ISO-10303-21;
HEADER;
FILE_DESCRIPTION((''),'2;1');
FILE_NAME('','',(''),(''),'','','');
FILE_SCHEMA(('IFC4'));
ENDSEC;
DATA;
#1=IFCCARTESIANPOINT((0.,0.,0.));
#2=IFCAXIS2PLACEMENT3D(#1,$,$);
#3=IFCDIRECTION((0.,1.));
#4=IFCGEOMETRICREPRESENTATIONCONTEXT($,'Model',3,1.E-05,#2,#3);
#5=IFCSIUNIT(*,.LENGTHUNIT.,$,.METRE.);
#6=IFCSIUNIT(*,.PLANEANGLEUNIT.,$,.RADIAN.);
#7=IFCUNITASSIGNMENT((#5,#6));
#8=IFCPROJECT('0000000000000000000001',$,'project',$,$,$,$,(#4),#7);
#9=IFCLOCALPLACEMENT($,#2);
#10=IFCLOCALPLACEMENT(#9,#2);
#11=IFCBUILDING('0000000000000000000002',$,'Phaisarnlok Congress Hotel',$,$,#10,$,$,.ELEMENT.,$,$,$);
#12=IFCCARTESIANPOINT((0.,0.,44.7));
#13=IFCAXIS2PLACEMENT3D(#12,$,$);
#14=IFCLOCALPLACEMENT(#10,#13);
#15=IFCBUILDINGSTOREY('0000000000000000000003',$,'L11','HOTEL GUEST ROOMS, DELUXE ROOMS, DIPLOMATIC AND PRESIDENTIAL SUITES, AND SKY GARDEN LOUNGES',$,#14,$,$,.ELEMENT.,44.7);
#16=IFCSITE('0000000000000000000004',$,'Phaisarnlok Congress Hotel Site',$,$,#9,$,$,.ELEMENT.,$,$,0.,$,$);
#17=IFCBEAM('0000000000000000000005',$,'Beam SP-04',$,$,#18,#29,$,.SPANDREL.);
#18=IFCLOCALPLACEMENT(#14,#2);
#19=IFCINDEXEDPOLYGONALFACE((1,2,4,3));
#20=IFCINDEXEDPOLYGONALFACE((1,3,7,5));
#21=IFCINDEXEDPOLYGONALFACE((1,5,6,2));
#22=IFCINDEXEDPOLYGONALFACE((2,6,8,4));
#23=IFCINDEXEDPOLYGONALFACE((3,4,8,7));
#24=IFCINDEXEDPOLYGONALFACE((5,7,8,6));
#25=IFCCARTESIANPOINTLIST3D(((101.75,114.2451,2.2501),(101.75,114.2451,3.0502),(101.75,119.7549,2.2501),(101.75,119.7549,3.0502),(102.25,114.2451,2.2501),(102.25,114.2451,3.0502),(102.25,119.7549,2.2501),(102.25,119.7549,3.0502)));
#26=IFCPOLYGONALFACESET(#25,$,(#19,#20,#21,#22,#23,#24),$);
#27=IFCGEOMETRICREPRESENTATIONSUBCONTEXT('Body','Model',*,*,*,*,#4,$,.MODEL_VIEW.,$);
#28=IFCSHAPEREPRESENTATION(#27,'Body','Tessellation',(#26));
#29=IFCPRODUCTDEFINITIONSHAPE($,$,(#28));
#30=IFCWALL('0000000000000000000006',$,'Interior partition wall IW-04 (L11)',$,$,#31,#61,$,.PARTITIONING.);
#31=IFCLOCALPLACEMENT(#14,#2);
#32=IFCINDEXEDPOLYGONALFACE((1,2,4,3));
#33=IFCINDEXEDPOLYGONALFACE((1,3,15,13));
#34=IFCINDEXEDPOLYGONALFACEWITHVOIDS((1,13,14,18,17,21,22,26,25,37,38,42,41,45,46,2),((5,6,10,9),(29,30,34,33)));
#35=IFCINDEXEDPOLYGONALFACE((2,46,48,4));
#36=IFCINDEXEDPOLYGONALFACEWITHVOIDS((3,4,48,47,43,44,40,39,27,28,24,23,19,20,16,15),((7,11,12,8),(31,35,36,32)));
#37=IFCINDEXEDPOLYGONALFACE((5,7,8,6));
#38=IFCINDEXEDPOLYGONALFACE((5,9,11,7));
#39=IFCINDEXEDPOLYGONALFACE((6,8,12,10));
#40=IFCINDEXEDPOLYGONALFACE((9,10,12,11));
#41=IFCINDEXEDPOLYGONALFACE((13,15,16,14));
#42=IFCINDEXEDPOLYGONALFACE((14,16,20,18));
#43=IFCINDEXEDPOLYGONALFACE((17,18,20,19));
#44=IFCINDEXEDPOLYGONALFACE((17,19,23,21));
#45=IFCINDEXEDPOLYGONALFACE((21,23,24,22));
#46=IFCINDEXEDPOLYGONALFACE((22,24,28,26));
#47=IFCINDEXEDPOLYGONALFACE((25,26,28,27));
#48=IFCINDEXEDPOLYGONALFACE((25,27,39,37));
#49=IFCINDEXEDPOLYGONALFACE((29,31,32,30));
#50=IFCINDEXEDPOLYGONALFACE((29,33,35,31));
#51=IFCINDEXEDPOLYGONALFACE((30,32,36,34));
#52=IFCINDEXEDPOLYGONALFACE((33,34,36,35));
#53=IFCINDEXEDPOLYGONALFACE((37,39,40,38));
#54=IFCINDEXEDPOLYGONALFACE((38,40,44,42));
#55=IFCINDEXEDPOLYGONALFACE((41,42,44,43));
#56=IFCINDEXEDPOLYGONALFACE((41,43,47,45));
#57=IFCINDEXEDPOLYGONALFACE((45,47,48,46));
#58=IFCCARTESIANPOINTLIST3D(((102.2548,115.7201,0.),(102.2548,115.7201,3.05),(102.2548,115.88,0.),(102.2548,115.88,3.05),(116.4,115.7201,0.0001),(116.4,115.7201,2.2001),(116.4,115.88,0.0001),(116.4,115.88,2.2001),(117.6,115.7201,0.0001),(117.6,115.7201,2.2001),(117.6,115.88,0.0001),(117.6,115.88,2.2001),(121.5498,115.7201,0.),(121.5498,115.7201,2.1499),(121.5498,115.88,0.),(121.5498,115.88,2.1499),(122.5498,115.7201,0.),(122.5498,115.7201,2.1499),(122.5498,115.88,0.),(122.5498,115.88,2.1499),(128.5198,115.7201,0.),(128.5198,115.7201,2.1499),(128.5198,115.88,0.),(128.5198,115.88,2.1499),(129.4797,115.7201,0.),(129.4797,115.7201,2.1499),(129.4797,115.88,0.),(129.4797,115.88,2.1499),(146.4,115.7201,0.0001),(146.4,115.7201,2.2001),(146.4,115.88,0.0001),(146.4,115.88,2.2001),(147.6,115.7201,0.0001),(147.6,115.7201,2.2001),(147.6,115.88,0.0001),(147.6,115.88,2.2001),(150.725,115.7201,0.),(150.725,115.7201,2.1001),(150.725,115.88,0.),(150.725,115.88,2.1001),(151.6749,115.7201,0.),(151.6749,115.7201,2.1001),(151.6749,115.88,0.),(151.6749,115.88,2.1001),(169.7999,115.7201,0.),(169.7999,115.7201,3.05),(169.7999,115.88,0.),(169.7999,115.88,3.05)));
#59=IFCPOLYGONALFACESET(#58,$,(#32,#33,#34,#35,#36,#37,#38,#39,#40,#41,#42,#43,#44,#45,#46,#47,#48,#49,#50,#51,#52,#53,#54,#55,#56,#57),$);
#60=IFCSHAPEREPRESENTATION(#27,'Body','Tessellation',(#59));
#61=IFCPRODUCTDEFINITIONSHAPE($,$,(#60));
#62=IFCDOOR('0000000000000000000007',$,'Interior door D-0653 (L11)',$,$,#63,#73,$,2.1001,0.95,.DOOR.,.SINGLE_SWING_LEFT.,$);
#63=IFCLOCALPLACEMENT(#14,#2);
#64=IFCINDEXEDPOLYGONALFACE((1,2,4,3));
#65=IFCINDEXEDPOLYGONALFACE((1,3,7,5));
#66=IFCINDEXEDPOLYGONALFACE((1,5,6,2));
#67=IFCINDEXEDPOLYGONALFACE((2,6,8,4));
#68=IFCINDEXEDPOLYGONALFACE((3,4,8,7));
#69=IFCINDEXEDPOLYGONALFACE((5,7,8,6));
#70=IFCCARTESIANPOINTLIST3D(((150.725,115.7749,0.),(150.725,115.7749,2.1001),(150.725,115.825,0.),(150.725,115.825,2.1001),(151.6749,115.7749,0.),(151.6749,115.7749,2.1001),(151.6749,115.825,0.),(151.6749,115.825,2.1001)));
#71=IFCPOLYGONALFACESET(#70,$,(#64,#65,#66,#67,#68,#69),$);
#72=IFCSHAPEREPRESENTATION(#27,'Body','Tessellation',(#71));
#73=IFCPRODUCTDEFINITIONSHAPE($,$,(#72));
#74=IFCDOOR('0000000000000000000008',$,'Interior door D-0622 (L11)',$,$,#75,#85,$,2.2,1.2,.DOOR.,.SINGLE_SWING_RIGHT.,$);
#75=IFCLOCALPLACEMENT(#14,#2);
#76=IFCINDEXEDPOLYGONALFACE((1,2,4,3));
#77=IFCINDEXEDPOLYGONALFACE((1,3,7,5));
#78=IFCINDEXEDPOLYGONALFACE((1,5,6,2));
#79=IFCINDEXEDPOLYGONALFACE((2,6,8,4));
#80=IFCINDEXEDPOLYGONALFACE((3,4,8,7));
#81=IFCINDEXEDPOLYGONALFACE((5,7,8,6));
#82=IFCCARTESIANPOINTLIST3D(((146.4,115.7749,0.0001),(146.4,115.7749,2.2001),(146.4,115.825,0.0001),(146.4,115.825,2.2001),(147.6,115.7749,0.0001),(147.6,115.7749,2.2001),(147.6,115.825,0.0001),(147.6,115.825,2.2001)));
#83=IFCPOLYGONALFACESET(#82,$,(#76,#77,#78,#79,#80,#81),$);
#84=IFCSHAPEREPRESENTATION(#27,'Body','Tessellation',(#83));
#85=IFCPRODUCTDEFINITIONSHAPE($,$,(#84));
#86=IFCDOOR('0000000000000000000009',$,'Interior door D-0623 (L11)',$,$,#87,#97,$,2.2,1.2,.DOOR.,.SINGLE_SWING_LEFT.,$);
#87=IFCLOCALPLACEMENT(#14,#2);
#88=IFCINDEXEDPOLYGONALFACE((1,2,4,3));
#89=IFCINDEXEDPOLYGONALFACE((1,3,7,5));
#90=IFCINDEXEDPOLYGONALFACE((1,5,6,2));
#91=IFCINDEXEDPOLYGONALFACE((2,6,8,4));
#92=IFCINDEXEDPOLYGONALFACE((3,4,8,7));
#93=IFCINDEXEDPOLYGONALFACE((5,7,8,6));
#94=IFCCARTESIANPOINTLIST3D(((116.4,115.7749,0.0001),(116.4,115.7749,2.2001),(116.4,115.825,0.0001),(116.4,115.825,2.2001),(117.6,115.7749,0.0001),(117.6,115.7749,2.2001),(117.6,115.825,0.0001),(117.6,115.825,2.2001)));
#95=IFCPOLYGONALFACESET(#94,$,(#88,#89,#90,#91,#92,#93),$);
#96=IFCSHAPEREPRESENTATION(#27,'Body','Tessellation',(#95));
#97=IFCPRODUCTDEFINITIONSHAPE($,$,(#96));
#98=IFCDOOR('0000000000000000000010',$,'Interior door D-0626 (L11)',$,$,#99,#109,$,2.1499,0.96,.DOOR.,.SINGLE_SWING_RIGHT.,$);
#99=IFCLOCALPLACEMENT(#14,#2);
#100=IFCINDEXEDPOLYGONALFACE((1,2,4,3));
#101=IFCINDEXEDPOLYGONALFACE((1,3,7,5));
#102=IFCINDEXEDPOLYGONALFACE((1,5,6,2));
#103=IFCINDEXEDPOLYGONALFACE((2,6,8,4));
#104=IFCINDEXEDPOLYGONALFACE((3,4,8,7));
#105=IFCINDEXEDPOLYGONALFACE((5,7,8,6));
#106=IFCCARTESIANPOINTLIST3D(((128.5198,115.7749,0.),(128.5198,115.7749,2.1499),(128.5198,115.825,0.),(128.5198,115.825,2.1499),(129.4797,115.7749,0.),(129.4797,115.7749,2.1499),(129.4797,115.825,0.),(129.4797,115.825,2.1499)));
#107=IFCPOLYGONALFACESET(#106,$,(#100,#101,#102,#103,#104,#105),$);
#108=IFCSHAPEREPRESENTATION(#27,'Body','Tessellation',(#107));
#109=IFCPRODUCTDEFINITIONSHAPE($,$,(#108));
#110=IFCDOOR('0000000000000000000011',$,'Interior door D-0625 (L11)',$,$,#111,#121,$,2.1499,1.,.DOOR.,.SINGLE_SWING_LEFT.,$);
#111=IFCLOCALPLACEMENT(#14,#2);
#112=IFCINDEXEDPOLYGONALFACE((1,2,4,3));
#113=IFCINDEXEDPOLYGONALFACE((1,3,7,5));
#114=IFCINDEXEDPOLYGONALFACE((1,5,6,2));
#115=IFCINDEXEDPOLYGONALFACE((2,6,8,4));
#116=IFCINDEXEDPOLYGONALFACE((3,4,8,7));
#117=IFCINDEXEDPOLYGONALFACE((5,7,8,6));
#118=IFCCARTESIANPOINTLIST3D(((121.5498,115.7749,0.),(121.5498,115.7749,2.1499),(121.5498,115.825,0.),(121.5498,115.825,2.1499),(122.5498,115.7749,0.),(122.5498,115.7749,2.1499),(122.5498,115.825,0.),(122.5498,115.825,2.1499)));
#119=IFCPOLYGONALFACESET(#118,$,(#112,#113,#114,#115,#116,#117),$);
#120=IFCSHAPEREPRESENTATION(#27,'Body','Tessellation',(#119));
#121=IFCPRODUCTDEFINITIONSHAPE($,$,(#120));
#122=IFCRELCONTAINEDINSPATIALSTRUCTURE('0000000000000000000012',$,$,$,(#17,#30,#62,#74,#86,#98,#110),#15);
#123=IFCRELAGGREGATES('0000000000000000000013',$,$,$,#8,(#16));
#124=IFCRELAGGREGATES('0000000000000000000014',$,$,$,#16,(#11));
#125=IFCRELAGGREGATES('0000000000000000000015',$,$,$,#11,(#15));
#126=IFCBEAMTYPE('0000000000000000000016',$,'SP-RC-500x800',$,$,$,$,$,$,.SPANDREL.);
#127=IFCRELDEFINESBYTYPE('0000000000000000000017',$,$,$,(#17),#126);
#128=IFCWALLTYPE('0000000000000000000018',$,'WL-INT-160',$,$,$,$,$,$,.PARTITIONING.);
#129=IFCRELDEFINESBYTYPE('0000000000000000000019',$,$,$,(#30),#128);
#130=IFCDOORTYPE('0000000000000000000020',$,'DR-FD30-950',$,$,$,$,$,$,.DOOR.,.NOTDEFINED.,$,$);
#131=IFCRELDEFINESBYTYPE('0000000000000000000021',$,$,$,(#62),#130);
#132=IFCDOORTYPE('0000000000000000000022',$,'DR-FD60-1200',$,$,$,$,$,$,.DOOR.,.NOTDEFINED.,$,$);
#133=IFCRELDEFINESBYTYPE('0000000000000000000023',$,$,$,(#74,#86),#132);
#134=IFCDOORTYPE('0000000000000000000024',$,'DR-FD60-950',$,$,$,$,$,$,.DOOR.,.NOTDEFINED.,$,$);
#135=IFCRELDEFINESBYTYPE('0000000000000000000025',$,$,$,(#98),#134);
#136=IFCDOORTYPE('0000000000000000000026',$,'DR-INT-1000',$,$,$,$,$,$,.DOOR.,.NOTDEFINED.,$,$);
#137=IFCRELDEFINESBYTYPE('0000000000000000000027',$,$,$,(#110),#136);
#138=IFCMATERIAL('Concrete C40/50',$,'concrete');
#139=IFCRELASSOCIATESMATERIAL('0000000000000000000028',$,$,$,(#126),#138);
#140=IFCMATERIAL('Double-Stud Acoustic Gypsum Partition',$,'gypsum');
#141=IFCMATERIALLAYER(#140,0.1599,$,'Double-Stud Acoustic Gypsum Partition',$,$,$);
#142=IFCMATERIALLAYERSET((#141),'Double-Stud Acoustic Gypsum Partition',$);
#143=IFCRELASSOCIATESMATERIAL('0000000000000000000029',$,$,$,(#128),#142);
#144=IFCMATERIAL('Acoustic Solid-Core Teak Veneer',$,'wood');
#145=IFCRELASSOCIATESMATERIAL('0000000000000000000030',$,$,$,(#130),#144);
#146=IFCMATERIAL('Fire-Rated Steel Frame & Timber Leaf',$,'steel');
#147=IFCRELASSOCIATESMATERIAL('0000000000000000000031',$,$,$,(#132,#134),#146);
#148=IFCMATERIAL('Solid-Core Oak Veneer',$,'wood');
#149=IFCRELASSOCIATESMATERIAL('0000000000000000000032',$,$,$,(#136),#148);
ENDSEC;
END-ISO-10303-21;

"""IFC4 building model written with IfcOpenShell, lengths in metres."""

from ifc_helpers import new_model, si_unit, direction, frame, frame_2d, origin, origin_2d, place, context, subcontext, project, spatial, rectangle, extrude, material, layer, layer_set, material_profile, profile_set, type_object, element, fill, save


model = new_model("IFC4")

# Units and contexts
model_context = context("Model", 3, precision=1e-05, world=origin(), true_north=direction((0.0, 1.0)))
body_context = subcontext(model_context, "Body", "Model", "MODEL_VIEW")
ifc_project = project(units=[si_unit("LENGTHUNIT", "METRE"), si_unit("PLANEANGLEUNIT", "RADIAN")], contexts=[model_context])

# Site, building, storey
site_placement = place(None, origin())
site = spatial("IfcSite", under=ifc_project, at=site_placement, Name="Phaisarnlok Congress Hotel Site", CompositionType="ELEMENT", RefElevation=0.0)
building_placement = place(site_placement, origin())
building = spatial("IfcBuilding", under=site, at=building_placement, Name="Phaisarnlok Congress Hotel", CompositionType="ELEMENT")
storey_placement = place(building_placement, frame((0.0, 0.0, 44.7)))
storey = spatial("IfcBuildingStorey", under=building, at=storey_placement, Name="L11", Description="HOTEL GUEST ROOMS, DELUXE ROOMS, DIPLOMATIC AND PRESIDENTIAL SUITES, AND SKY GARDEN LOUNGES", CompositionType="ELEMENT", Elevation=44.7)

# Beam
ifc_material_1 = material(Name="Concrete C40/50", Category="concrete")
ifc_material_profile = material_profile(ifc_material_1, rectangle(XDim=0.5, YDim=0.8, at=origin_2d()), Name="RC 500x800")
ifc_profile_set = profile_set([ifc_material_profile], Name="Concrete C40/50")
beam_type = type_object("IfcBeamType", Name="SP-RC-500x800", PredefinedType="SPANDREL", material=ifc_profile_set)
beam_placement = place(storey_placement, frame((102.0, 114.2451, 2.6501), z_axis=(0.0, 1.0, 0.0), x_axis=(-1.0, 0.0, 0.0)))
element("IfcBeam", 1, at=beam_placement, inside=storey, type_object=beam_type, Name="Beam SP-04", PredefinedType="SPANDREL", context=body_context, shape_type="SweptSolid", body=[
    extrude(rectangle(XDim=0.5, YDim=0.8, at=origin_2d()), origin(), (0.0, 0.0, 1.0), 5.5098),
])

# Wall, openings, doors
ifc_material_2 = material(Name="Double-Stud Acoustic Gypsum Partition", Category="gypsum")
ifc_layer_1 = layer(ifc_material_2, 0.1599, Name="Double-Stud Acoustic Gypsum Partition")
ifc_layer_set_1 = layer_set([ifc_layer_1], Name="Double-Stud Acoustic Gypsum Partition")
wall_type_1 = type_object("IfcWallType", Name="WL-INT-160", PredefinedType="PARTITIONING", material=ifc_layer_set_1)
wall_1_placement = place(storey_placement, frame((102.2549, 115.8, 0.0), z_axis=(0.0, 0.0, 1.0), x_axis=(1.0, 0.0, 0.0)))
wall_1 = element("IfcWall", 2, at=wall_1_placement, inside=storey, type_object=wall_type_1, Name="Interior partition wall IW-04 (L11)", PredefinedType="PARTITIONING", context=body_context, shape_type="SweptSolid", body=[
    extrude(rectangle(XDim=67.5452, YDim=0.1599, at=frame_2d((33.7725, 0.0))), origin(), (0.0, 0.0, 1.0), 3.05),
])
opening_1_placement = place(wall_1_placement, frame((44.145, 0.0, 0.0)))
opening_1 = element("IfcOpeningElement", 3, at=opening_1_placement, cuts=wall_1, PredefinedType="OPENING", context=body_context, shape_type="SweptSolid", body=[
    extrude(rectangle(XDim=1.2, YDim=2.2, at=frame_2d((0.6001, 1.1001))), frame((0.0, 0.0898, 0.0), z_axis=(0.0, -1.0, 0.0), x_axis=(1.0, 0.0, 0.0)), (0.0, 0.0, 1.0), 0.1799),
])
opening_2_placement = place(wall_1_placement, frame((14.145, 0.0, 0.0)))
opening_2 = element("IfcOpeningElement", 4, at=opening_2_placement, cuts=wall_1, PredefinedType="OPENING", context=body_context, shape_type="SweptSolid", body=[
    extrude(rectangle(XDim=1.2, YDim=2.2, at=frame_2d((0.6001, 1.1001))), frame((0.0, 0.0898, 0.0), z_axis=(0.0, -1.0, 0.0), x_axis=(1.0, 0.0, 0.0)), (0.0, 0.0, 1.0), 0.1799),
])
opening_3_placement = place(wall_1_placement, frame((19.2949, 0.0, 0.0)))
opening_3 = element("IfcOpeningElement", 5, at=opening_3_placement, cuts=wall_1, PredefinedType="OPENING", context=body_context, shape_type="SweptSolid", body=[
    extrude(rectangle(XDim=1.0, YDim=2.1499, at=frame_2d((0.5, 1.075))), frame((0.0, 0.0898, 0.0), z_axis=(0.0, -1.0, 0.0), x_axis=(1.0, 0.0, 0.0)), (0.0, 0.0, 1.0), 0.1799),
])
opening_4_placement = place(wall_1_placement, frame((26.2649, 0.0, 0.0)))
opening_4 = element("IfcOpeningElement", 6, at=opening_4_placement, cuts=wall_1, PredefinedType="OPENING", context=body_context, shape_type="SweptSolid", body=[
    extrude(rectangle(XDim=0.96, YDim=2.1499, at=frame_2d((0.48, 1.075))), frame((0.0, 0.0898, 0.0), z_axis=(0.0, -1.0, 0.0), x_axis=(1.0, 0.0, 0.0)), (0.0, 0.0, 1.0), 0.1799),
])
opening_5_placement = place(wall_1_placement, frame((48.47, 0.0, 0.0)))
opening_5 = element("IfcOpeningElement", 7, at=opening_5_placement, cuts=wall_1, PredefinedType="OPENING", context=body_context, shape_type="SweptSolid", body=[
    extrude(rectangle(XDim=0.95, YDim=2.1001, at=frame_2d((0.4751, 1.05))), frame((0.0, 0.0898, 0.0), z_axis=(0.0, -1.0, 0.0), x_axis=(1.0, 0.0, 0.0)), (0.0, 0.0, 1.0), 0.1799),
])
ifc_material_3 = material(Name="Acoustic Solid-Core Teak Veneer", Category="wood")
door_type_1 = type_object("IfcDoorType", Name="DR-FD30-950", OperationType="NOTDEFINED", PredefinedType="DOOR", material=ifc_material_3)
door_1_placement = place(opening_5_placement, origin())
door_1 = element("IfcDoor", 8, at=door_1_placement, inside=storey, type_object=door_type_1, Name="Interior door D-0653 (L11)", OperationType="SINGLE_SWING_LEFT", OverallHeight=2.1001, OverallWidth=0.95, PredefinedType="DOOR", context=body_context, shape_type="SweptSolid", body=[
    extrude(rectangle(XDim=0.95, YDim=2.1001, at=frame_2d((0.4751, 1.05))), frame((0.0, 0.0249, 0.0), z_axis=(0.0, -1.0, 0.0), x_axis=(1.0, 0.0, 0.0)), (0.0, 0.0, 1.0), 0.05),
])
fill(opening_5, door_1)
ifc_material_4 = material(Name="Fire-Rated Steel Frame & Timber Leaf", Category="steel")
door_type_2 = type_object("IfcDoorType", Name="DR-FD60-1200", OperationType="NOTDEFINED", PredefinedType="DOOR", material=ifc_material_4)
door_2_placement = place(opening_1_placement, origin())
door_2 = element("IfcDoor", 9, at=door_2_placement, inside=storey, type_object=door_type_2, Name="Interior door D-0622 (L11)", OperationType="SINGLE_SWING_RIGHT", OverallHeight=2.2, OverallWidth=1.2, PredefinedType="DOOR", context=body_context, shape_type="SweptSolid", body=[
    extrude(rectangle(XDim=1.2, YDim=2.2, at=frame_2d((0.6001, 1.1001))), frame((0.0, 0.0249, 0.0), z_axis=(0.0, -1.0, 0.0), x_axis=(1.0, 0.0, 0.0)), (0.0, 0.0, 1.0), 0.05),
])
fill(opening_1, door_2)
door_3_placement = place(opening_2_placement, origin())
door_3 = element("IfcDoor", 10, at=door_3_placement, inside=storey, type_object=door_type_2, Name="Interior door D-0623 (L11)", OperationType="SINGLE_SWING_LEFT", OverallHeight=2.2, OverallWidth=1.2, PredefinedType="DOOR", context=body_context, shape_type="SweptSolid", body=[
    extrude(rectangle(XDim=1.2, YDim=2.2, at=frame_2d((0.6001, 1.1001))), frame((0.0, 0.0249, 0.0), z_axis=(0.0, -1.0, 0.0), x_axis=(1.0, 0.0, 0.0)), (0.0, 0.0, 1.0), 0.05),
])
fill(opening_2, door_3)
door_type_3 = type_object("IfcDoorType", Name="DR-FD60-950", OperationType="NOTDEFINED", PredefinedType="DOOR", material=ifc_material_4)
door_4_placement = place(opening_4_placement, origin())
door_4 = element("IfcDoor", 11, at=door_4_placement, inside=storey, type_object=door_type_3, Name="Interior door D-0626 (L11)", OperationType="SINGLE_SWING_RIGHT", OverallHeight=2.1499, OverallWidth=0.96, PredefinedType="DOOR", context=body_context, shape_type="SweptSolid", body=[
    extrude(rectangle(XDim=0.96, YDim=2.1499, at=frame_2d((0.48, 1.075))), frame((0.0, 0.0249, 0.0), z_axis=(0.0, -1.0, 0.0), x_axis=(1.0, 0.0, 0.0)), (0.0, 0.0, 1.0), 0.05),
])
fill(opening_4, door_4)
ifc_material_5 = material(Name="Solid-Core Oak Veneer", Category="wood")
door_type_4 = type_object("IfcDoorType", Name="DR-INT-1000", OperationType="NOTDEFINED", PredefinedType="DOOR", material=ifc_material_5)
door_5_placement = place(opening_3_placement, origin())
door_5 = element("IfcDoor", 12, at=door_5_placement, inside=storey, type_object=door_type_4, Name="Interior door D-0625 (L11)", OperationType="SINGLE_SWING_LEFT", OverallHeight=2.1499, OverallWidth=1.0, PredefinedType="DOOR", context=body_context, shape_type="SweptSolid", body=[
    extrude(rectangle(XDim=1.0, YDim=2.1499, at=frame_2d((0.5, 1.075))), frame((0.0, 0.0249, 0.0), z_axis=(0.0, -1.0, 0.0), x_axis=(1.0, 0.0, 0.0)), (0.0, 0.0, 1.0), 0.05),
])
fill(opening_3, door_5)

save(model, "model.ifc")
